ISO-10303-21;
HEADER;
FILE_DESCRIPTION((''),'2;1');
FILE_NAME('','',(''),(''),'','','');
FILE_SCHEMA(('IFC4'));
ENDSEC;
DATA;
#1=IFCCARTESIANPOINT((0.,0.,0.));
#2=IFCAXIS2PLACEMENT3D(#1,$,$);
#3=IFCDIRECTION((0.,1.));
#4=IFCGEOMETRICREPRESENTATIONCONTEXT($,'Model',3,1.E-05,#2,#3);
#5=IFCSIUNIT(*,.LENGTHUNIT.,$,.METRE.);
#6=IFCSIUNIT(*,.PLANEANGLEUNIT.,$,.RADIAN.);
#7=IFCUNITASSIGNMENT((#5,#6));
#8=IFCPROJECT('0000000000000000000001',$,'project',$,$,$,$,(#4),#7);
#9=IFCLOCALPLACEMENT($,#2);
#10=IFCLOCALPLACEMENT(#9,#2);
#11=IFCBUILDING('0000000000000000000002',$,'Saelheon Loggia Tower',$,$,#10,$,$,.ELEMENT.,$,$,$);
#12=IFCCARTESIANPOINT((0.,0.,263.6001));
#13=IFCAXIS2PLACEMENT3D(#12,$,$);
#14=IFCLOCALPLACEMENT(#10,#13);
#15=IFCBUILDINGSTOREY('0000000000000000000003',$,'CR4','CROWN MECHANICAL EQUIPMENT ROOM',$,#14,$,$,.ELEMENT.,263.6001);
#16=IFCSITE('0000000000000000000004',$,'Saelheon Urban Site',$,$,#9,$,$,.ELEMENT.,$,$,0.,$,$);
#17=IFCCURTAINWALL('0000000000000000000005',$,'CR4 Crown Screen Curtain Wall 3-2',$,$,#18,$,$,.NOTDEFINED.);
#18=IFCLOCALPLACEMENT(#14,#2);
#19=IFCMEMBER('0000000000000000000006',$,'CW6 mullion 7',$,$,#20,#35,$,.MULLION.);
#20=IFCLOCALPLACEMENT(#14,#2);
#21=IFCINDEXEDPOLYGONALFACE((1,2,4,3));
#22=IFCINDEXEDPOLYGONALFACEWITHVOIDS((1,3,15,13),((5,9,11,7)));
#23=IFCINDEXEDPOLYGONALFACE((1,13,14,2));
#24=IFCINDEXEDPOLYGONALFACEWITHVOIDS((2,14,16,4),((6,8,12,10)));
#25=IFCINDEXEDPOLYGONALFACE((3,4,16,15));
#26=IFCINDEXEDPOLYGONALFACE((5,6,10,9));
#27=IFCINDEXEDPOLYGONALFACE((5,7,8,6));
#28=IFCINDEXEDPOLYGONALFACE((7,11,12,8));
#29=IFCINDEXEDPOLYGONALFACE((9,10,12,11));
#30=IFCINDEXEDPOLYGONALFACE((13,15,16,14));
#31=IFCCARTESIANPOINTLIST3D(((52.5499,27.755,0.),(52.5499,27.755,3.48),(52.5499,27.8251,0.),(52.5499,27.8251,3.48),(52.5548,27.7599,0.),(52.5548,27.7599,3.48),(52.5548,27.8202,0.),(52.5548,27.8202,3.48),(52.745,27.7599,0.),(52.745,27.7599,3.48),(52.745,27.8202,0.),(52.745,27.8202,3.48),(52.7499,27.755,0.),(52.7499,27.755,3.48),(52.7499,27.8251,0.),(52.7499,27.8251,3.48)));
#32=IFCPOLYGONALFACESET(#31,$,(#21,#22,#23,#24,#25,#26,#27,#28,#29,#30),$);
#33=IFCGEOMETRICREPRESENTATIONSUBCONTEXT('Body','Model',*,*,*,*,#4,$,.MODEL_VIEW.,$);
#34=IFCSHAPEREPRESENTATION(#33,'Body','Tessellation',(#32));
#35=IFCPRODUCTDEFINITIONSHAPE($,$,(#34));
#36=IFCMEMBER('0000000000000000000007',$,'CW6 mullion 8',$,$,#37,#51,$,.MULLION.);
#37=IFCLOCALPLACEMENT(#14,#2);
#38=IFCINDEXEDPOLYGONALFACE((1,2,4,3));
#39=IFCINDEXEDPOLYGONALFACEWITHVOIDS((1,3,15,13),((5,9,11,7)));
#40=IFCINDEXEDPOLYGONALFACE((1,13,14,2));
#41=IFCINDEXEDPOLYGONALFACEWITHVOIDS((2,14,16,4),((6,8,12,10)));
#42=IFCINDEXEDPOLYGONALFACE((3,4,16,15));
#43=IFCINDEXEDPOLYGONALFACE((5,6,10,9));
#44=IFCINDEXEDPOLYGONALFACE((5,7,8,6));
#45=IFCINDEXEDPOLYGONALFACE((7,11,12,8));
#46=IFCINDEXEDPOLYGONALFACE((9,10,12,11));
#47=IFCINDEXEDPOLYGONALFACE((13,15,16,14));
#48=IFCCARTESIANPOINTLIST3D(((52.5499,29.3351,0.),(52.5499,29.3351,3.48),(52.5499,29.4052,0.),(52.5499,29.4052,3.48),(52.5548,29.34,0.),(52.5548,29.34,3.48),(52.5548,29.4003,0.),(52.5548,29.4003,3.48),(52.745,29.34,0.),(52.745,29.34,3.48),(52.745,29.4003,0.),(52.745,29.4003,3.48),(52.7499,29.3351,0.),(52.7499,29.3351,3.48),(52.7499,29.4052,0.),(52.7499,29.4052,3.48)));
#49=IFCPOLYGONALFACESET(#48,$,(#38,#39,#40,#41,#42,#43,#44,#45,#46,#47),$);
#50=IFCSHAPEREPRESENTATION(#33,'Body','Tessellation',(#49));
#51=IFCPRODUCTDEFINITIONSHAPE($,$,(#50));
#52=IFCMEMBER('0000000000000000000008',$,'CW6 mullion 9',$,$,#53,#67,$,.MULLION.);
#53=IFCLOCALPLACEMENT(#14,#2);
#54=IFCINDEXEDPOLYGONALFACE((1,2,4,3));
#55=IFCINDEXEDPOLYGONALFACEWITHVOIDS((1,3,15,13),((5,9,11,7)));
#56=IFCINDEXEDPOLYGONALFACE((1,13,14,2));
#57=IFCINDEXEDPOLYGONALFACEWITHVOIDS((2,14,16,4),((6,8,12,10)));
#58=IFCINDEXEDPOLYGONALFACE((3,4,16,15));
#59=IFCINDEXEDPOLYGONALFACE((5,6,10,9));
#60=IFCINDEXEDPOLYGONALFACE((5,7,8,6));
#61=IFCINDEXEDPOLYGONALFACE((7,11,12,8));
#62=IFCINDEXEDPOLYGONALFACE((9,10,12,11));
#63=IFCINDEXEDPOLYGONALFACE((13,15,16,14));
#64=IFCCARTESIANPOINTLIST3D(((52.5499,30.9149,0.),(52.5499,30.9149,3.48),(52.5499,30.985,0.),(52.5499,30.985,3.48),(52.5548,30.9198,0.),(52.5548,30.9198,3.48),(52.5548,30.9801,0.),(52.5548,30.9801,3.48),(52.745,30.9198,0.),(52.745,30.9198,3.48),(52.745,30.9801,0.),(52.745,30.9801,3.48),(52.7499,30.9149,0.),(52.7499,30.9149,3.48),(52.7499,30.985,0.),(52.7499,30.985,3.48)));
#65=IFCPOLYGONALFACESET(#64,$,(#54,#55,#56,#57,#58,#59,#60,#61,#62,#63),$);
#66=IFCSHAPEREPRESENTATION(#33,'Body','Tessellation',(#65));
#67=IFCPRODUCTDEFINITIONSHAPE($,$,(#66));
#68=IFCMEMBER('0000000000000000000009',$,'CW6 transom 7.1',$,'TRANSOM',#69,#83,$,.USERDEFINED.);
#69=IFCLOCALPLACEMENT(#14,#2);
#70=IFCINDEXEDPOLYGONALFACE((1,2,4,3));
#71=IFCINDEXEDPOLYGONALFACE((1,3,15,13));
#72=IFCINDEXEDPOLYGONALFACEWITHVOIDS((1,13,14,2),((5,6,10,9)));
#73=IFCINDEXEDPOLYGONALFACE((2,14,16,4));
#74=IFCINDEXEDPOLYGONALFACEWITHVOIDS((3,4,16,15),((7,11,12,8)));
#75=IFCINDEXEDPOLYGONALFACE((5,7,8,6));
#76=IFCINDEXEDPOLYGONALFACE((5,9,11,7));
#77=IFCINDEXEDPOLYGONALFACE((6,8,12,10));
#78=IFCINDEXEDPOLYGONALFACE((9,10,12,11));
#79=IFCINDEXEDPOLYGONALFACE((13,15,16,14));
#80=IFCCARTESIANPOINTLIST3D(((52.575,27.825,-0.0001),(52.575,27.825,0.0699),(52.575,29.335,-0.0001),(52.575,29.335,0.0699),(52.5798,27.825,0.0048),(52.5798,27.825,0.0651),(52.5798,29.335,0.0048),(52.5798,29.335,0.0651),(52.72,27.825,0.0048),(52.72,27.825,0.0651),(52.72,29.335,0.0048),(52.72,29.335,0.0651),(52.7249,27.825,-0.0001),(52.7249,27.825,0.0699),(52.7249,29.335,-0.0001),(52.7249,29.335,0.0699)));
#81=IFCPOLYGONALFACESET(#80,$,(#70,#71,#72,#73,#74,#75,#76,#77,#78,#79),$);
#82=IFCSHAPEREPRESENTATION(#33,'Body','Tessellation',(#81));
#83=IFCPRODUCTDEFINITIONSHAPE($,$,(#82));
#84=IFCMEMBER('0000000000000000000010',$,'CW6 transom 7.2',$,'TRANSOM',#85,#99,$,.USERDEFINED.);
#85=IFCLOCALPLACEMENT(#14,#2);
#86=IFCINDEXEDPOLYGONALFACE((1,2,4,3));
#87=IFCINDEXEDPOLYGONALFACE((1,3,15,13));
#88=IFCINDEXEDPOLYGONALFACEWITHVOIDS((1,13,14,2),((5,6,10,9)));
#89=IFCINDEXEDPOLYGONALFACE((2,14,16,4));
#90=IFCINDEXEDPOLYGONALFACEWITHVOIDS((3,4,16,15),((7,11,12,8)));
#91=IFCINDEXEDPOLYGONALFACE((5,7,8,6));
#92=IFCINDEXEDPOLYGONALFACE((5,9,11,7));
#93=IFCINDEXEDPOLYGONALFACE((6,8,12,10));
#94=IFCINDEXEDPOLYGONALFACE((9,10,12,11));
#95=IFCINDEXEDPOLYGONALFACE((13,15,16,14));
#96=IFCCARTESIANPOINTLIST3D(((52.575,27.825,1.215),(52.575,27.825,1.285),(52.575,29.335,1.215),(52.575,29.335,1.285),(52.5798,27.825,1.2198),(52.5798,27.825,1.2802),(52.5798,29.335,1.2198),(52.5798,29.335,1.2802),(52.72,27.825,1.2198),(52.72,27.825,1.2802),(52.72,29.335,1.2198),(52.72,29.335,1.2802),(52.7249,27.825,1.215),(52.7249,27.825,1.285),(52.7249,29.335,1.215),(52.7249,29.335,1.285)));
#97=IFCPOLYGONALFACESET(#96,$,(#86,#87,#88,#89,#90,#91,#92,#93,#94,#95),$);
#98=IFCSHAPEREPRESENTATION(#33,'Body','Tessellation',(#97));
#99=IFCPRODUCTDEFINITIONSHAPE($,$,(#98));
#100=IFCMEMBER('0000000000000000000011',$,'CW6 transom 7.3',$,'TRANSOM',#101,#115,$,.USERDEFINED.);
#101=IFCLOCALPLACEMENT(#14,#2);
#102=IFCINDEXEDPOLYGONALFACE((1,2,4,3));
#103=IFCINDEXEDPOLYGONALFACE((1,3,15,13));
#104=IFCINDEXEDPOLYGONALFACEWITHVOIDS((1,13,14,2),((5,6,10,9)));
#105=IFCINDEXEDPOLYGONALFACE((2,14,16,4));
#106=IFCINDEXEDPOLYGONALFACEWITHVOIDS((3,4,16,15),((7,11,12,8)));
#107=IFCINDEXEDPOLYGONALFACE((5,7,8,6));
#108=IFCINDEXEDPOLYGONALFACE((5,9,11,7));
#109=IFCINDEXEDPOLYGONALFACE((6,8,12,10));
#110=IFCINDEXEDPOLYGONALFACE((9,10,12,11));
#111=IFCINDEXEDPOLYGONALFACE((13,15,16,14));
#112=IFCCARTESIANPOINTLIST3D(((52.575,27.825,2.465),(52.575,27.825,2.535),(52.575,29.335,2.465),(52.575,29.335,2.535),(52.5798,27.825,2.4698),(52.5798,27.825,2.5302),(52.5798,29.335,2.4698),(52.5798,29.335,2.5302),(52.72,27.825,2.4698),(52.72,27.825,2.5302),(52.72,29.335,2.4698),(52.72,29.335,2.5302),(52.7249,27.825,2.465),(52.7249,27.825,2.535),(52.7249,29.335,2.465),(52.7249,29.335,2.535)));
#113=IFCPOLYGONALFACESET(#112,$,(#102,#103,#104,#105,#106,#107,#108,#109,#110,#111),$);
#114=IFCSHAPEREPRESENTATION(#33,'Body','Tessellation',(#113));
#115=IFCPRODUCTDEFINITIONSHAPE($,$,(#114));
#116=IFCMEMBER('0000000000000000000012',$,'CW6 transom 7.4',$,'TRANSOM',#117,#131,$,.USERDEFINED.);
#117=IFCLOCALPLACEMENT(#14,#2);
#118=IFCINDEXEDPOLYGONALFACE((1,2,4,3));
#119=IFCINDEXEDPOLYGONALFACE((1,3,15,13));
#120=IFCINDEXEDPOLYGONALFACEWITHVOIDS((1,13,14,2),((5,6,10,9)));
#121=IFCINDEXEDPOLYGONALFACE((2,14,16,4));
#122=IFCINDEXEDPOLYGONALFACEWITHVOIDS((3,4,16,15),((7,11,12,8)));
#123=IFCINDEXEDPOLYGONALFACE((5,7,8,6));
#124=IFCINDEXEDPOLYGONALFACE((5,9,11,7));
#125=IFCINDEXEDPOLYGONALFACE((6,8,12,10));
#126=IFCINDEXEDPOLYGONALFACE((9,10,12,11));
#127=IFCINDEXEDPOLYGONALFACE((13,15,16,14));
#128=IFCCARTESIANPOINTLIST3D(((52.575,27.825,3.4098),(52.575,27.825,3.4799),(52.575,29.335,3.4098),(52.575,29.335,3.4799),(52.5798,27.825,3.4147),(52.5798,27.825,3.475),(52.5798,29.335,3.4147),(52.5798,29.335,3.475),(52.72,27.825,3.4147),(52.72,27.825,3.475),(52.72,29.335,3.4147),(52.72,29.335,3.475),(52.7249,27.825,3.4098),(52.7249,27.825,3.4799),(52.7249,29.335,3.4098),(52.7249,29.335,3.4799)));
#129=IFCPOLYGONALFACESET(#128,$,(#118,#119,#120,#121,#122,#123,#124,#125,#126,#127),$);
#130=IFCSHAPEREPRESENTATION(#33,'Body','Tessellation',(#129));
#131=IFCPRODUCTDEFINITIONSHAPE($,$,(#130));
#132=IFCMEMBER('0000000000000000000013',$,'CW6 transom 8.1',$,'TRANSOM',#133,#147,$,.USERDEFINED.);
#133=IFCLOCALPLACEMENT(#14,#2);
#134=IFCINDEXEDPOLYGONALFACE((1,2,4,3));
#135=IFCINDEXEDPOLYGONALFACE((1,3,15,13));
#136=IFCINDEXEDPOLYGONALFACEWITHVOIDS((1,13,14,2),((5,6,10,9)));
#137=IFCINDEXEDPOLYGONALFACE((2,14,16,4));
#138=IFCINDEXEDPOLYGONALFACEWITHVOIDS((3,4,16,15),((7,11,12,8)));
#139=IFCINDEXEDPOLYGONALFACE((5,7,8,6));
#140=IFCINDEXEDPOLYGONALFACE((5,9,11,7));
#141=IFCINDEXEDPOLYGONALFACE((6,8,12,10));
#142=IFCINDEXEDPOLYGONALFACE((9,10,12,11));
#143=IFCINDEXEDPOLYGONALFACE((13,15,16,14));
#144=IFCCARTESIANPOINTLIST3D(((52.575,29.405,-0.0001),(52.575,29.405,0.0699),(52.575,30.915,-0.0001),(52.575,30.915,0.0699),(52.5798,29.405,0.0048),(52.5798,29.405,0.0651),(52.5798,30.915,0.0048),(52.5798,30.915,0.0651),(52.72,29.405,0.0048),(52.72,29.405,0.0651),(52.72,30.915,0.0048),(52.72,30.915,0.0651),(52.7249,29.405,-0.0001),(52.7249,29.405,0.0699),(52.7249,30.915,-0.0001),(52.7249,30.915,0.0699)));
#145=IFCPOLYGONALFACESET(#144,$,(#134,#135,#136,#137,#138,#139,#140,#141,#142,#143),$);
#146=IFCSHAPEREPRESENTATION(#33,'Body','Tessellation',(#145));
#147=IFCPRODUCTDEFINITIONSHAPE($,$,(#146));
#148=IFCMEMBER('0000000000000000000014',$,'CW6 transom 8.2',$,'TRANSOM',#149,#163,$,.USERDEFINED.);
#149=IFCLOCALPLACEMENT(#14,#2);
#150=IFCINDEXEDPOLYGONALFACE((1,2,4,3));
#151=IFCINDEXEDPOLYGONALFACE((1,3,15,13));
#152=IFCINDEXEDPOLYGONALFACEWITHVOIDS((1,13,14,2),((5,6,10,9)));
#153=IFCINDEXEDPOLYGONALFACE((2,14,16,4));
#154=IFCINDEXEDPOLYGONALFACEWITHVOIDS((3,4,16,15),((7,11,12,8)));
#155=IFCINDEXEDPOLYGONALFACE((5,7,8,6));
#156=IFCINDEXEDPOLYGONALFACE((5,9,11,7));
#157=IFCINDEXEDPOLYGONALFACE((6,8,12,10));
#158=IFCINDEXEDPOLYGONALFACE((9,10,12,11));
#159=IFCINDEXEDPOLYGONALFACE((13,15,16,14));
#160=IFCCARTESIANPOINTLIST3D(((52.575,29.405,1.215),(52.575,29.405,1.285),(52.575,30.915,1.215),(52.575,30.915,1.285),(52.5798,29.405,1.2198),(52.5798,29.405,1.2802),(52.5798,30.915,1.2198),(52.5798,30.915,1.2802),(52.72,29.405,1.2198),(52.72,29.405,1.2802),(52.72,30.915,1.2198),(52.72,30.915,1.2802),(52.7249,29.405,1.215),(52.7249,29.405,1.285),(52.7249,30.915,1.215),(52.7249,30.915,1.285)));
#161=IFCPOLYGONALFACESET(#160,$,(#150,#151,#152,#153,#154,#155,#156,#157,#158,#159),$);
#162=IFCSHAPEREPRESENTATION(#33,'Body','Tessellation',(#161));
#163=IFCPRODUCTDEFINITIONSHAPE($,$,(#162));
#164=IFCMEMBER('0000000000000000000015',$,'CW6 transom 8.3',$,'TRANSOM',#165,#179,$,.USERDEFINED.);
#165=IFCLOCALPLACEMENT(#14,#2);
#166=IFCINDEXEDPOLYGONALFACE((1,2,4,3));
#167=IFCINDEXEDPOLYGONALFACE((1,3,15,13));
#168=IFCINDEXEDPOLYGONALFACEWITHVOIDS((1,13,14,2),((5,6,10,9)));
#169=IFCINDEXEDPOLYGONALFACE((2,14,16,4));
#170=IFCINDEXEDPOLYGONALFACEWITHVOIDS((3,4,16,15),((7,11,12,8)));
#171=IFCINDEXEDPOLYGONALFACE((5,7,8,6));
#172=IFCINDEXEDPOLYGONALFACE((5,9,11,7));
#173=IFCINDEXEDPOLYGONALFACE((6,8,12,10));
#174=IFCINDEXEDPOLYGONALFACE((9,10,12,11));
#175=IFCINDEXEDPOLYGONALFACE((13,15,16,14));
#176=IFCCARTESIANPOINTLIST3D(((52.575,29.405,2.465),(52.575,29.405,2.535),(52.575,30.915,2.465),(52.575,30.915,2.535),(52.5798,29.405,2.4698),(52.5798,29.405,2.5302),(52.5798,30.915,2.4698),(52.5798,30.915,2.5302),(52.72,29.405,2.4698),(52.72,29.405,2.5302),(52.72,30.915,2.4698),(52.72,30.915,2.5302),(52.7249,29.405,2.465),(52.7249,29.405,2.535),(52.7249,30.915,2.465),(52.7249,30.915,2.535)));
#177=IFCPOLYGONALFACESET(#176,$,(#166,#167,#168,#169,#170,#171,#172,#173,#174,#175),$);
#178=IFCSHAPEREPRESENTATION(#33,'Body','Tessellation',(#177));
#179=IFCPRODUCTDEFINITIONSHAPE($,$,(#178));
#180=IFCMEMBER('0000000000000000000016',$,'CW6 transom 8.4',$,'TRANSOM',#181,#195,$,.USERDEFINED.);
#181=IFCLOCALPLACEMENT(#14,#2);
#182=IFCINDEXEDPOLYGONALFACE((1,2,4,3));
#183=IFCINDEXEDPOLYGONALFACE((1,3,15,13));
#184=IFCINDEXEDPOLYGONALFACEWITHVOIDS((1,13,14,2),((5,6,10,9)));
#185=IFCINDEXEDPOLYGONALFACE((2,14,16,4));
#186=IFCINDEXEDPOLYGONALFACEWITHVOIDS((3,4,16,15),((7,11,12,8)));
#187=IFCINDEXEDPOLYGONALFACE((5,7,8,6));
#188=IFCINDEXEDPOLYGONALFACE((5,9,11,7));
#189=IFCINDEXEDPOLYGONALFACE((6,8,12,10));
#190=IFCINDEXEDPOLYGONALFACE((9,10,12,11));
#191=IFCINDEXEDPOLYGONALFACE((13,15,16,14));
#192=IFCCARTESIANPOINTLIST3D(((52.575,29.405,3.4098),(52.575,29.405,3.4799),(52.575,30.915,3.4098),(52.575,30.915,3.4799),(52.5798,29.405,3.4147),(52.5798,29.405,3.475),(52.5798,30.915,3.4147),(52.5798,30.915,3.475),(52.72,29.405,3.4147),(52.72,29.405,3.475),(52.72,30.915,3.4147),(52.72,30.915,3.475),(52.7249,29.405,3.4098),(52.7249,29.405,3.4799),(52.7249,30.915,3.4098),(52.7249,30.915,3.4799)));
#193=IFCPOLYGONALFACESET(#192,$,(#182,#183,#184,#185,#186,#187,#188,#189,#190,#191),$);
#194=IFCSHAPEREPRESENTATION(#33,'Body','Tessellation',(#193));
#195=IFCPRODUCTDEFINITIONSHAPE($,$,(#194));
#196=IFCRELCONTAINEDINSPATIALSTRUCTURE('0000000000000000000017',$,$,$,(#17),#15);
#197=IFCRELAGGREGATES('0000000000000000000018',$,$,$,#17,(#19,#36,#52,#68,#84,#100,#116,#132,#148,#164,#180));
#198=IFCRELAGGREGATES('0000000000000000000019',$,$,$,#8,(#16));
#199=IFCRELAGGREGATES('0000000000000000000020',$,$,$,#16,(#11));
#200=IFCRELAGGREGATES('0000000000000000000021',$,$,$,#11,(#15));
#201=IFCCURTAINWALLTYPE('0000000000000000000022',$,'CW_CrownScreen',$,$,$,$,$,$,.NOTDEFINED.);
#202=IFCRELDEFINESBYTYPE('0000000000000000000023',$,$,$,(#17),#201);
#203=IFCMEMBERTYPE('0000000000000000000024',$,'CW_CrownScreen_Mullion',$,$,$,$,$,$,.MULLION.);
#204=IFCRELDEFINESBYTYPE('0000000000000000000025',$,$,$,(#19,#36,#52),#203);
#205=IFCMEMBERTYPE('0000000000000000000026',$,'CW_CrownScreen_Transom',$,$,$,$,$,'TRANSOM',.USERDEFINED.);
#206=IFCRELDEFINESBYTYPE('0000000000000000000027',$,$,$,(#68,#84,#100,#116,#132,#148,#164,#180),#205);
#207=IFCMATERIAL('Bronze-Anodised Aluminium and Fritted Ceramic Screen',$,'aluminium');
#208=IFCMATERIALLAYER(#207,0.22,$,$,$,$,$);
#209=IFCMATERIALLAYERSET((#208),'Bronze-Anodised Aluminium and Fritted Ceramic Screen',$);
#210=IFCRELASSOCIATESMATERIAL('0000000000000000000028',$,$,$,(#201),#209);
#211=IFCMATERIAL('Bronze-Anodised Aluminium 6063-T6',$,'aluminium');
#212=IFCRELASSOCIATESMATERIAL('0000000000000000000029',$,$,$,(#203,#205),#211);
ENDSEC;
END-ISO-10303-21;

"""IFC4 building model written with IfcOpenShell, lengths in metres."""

from ifc_helpers import new_model, si_unit, direction, frame, origin, origin_2d, place, context, subcontext, project, spatial, hollow_rectangle, extrude, source, transform, mapped, material, layer, layer_set, material_profile, profile_set, type_object, element, aggregate, save


model = new_model("IFC4")

# Units and contexts
model_context = context("Model", 3, precision=1e-05, world=origin(), true_north=direction((0.0, 1.0)))
body_context = subcontext(model_context, "Body", "Model", "MODEL_VIEW")
ifc_project = project(units=[si_unit("LENGTHUNIT", "METRE"), si_unit("PLANEANGLEUNIT", "RADIAN")], contexts=[model_context])

# Site, building, storey
site_placement = place(None, origin())
site = spatial("IfcSite", under=ifc_project, at=site_placement, Name="Saelheon Urban Site", CompositionType="ELEMENT", RefElevation=0.0)
building_placement = place(site_placement, origin())
building = spatial("IfcBuilding", under=site, at=building_placement, Name="Saelheon Loggia Tower", CompositionType="ELEMENT")
storey_placement = place(building_placement, frame((0.0, 0.0, 263.6001)))
storey = spatial("IfcBuildingStorey", under=building, at=storey_placement, Name="CR4", Description="CROWN MECHANICAL EQUIPMENT ROOM", CompositionType="ELEMENT", Elevation=263.6001)

# Curtain wall, members
ifc_material_1 = material(Name="Bronze-Anodised Aluminium and Fritted Ceramic Screen", Category="aluminium")
ifc_layer_1 = layer(ifc_material_1, 0.22)
ifc_layer_set_1 = layer_set([ifc_layer_1], Name="Bronze-Anodised Aluminium and Fritted Ceramic Screen")
curtain_wall_type = type_object("IfcCurtainWallType", Name="CW_CrownScreen", PredefinedType="NOTDEFINED", material=ifc_layer_set_1)
curtain_wall_placement = place(storey_placement, origin())
curtain_wall = element("IfcCurtainWall", 1, at=curtain_wall_placement, inside=storey, type_object=curtain_wall_type, Name="CR4 Crown Screen Curtain Wall 3-2", PredefinedType="NOTDEFINED")
ifc_material_2 = material(Name="Bronze-Anodised Aluminium 6063-T6", Category="aluminium")
ifc_material_profile_1 = material_profile(ifc_material_2, hollow_rectangle(XDim=0.0701, YDim=0.2, WallThickness=0.0049, at=origin_2d()), Name="RHS-200x70x5")
ifc_profile_set_1 = profile_set([ifc_material_profile_1], Name="Bronze-Anodised Aluminium 6063-T6")
member_type_1 = type_object("IfcMemberType", Name="CW_CrownScreen_Mullion", PredefinedType="MULLION", material=ifc_profile_set_1)
shared_shape_1 = source(origin(), body_context, "Body", "SweptSolid", [
    extrude(hollow_rectangle(XDim=0.0701, YDim=0.2, WallThickness=0.0049, at=origin_2d()), origin(), (0.0, 0.0, 1.0), 3.48),
])
member_1_placement = place(storey_placement, frame((52.6499, 27.79, 0.0), z_axis=(0.0, 0.0, 1.0), x_axis=(0.0, 1.0, 0.0)))
member_1 = element("IfcMember", 2, at=member_1_placement, type_object=member_type_1, Name="CW6 mullion 7", PredefinedType="MULLION", context=body_context, shape_type="MappedRepresentation", body=[
    mapped(shared_shape_1, transform((0.0, 0.0, 0.0), scale=1.0)),
])
member_2_placement = place(storey_placement, frame((52.6499, 29.3701, 0.0), z_axis=(0.0, 0.0, 1.0), x_axis=(0.0, 1.0, 0.0)))
member_2 = element("IfcMember", 3, at=member_2_placement, type_object=member_type_1, Name="CW6 mullion 8", PredefinedType="MULLION", context=body_context, shape_type="MappedRepresentation", body=[
    mapped(shared_shape_1, transform((0.0, 0.0, 0.0), scale=1.0)),
])
member_3_placement = place(storey_placement, frame((52.6499, 30.95, 0.0), z_axis=(0.0, 0.0, 1.0), x_axis=(0.0, 1.0, 0.0)))
member_3 = element("IfcMember", 4, at=member_3_placement, type_object=member_type_1, Name="CW6 mullion 9", PredefinedType="MULLION", context=body_context, shape_type="MappedRepresentation", body=[
    mapped(shared_shape_1, transform((0.0, 0.0, 0.0), scale=1.0)),
])
ifc_material_profile_2 = material_profile(ifc_material_2, hollow_rectangle(XDim=0.0701, YDim=0.1499, WallThickness=0.0049, at=origin_2d()), Name="RHS-150x70x5")
ifc_profile_set_2 = profile_set([ifc_material_profile_2], Name="Bronze-Anodised Aluminium 6063-T6")
member_type_2 = type_object("IfcMemberType", Name="CW_CrownScreen_Transom", ElementType="TRANSOM", PredefinedType="USERDEFINED", material=ifc_profile_set_2)
shared_shape_2 = source(origin(), body_context, "Body", "SweptSolid", [
    extrude(hollow_rectangle(XDim=0.0701, YDim=0.1499, WallThickness=0.0049, at=origin_2d()), origin(), (0.0, 0.0, 1.0), 1.51),
])
member_4_placement = place(storey_placement, frame((52.6499, 27.825, 0.0349), z_axis=(0.0, 1.0, 0.0), x_axis=(0.0, 0.0, 1.0)))
member_4 = element("IfcMember", 5, at=member_4_placement, type_object=member_type_2, Name="CW6 transom 7.1", ObjectType="TRANSOM", PredefinedType="USERDEFINED", context=body_context, shape_type="MappedRepresentation", body=[
    mapped(shared_shape_2, transform((0.0, 0.0, 0.0), scale=1.0)),
])
member_5_placement = place(storey_placement, frame((52.6499, 27.825, 1.25), z_axis=(0.0, 1.0, 0.0), x_axis=(0.0, 0.0, 1.0)))
member_5 = element("IfcMember", 6, at=member_5_placement, type_object=member_type_2, Name="CW6 transom 7.2", ObjectType="TRANSOM", PredefinedType="USERDEFINED", context=body_context, shape_type="MappedRepresentation", body=[
    mapped(shared_shape_2, transform((0.0, 0.0, 0.0), scale=1.0)),
])
member_6_placement = place(storey_placement, frame((52.6499, 27.825, 2.5), z_axis=(0.0, 1.0, 0.0), x_axis=(0.0, 0.0, 1.0)))
member_6 = element("IfcMember", 7, at=member_6_placement, type_object=member_type_2, Name="CW6 transom 7.3", ObjectType="TRANSOM", PredefinedType="USERDEFINED", context=body_context, shape_type="MappedRepresentation", body=[
    mapped(shared_shape_2, transform((0.0, 0.0, 0.0), scale=1.0)),
])
member_7_placement = place(storey_placement, frame((52.6499, 27.825, 3.4448), z_axis=(0.0, 1.0, 0.0), x_axis=(0.0, 0.0, 1.0)))
member_7 = element("IfcMember", 8, at=member_7_placement, type_object=member_type_2, Name="CW6 transom 7.4", ObjectType="TRANSOM", PredefinedType="USERDEFINED", context=body_context, shape_type="MappedRepresentation", body=[
    mapped(shared_shape_2, transform((0.0, 0.0, 0.0), scale=1.0)),
])
member_8_placement = place(storey_placement, frame((52.6499, 29.405, 0.0349), z_axis=(0.0, 1.0, 0.0), x_axis=(0.0, 0.0, 1.0)))
member_8 = element("IfcMember", 9, at=member_8_placement, type_object=member_type_2, Name="CW6 transom 8.1", ObjectType="TRANSOM", PredefinedType="USERDEFINED", context=body_context, shape_type="MappedRepresentation", body=[
    mapped(shared_shape_2, transform((0.0, 0.0, 0.0), scale=1.0)),
])
member_9_placement = place(storey_placement, frame((52.6499, 29.405, 1.25), z_axis=(0.0, 1.0, 0.0), x_axis=(0.0, 0.0, 1.0)))
member_9 = element("IfcMember", 10, at=member_9_placement, type_object=member_type_2, Name="CW6 transom 8.2", ObjectType="TRANSOM", PredefinedType="USERDEFINED", context=body_context, shape_type="MappedRepresentation", body=[
    mapped(shared_shape_2, transform((0.0, 0.0, 0.0), scale=1.0)),
])
member_10_placement = place(storey_placement, frame((52.6499, 29.405, 2.5), z_axis=(0.0, 1.0, 0.0), x_axis=(0.0, 0.0, 1.0)))
member_10 = element("IfcMember", 11, at=member_10_placement, type_object=member_type_2, Name="CW6 transom 8.3", ObjectType="TRANSOM", PredefinedType="USERDEFINED", context=body_context, shape_type="MappedRepresentation", body=[
    mapped(shared_shape_2, transform((0.0, 0.0, 0.0), scale=1.0)),
])
member_11_placement = place(storey_placement, frame((52.6499, 29.405, 3.4448), z_axis=(0.0, 1.0, 0.0), x_axis=(0.0, 0.0, 1.0)))
member_11 = element("IfcMember", 12, at=member_11_placement, type_object=member_type_2, Name="CW6 transom 8.4", ObjectType="TRANSOM", PredefinedType="USERDEFINED", context=body_context, shape_type="MappedRepresentation", body=[
    mapped(shared_shape_2, transform((0.0, 0.0, 0.0), scale=1.0)),
])
aggregate(curtain_wall, [member_1, member_2, member_3, member_4, member_5, member_6, member_7, member_8, member_9, member_10, member_11])

save(model, "model.ifc")
